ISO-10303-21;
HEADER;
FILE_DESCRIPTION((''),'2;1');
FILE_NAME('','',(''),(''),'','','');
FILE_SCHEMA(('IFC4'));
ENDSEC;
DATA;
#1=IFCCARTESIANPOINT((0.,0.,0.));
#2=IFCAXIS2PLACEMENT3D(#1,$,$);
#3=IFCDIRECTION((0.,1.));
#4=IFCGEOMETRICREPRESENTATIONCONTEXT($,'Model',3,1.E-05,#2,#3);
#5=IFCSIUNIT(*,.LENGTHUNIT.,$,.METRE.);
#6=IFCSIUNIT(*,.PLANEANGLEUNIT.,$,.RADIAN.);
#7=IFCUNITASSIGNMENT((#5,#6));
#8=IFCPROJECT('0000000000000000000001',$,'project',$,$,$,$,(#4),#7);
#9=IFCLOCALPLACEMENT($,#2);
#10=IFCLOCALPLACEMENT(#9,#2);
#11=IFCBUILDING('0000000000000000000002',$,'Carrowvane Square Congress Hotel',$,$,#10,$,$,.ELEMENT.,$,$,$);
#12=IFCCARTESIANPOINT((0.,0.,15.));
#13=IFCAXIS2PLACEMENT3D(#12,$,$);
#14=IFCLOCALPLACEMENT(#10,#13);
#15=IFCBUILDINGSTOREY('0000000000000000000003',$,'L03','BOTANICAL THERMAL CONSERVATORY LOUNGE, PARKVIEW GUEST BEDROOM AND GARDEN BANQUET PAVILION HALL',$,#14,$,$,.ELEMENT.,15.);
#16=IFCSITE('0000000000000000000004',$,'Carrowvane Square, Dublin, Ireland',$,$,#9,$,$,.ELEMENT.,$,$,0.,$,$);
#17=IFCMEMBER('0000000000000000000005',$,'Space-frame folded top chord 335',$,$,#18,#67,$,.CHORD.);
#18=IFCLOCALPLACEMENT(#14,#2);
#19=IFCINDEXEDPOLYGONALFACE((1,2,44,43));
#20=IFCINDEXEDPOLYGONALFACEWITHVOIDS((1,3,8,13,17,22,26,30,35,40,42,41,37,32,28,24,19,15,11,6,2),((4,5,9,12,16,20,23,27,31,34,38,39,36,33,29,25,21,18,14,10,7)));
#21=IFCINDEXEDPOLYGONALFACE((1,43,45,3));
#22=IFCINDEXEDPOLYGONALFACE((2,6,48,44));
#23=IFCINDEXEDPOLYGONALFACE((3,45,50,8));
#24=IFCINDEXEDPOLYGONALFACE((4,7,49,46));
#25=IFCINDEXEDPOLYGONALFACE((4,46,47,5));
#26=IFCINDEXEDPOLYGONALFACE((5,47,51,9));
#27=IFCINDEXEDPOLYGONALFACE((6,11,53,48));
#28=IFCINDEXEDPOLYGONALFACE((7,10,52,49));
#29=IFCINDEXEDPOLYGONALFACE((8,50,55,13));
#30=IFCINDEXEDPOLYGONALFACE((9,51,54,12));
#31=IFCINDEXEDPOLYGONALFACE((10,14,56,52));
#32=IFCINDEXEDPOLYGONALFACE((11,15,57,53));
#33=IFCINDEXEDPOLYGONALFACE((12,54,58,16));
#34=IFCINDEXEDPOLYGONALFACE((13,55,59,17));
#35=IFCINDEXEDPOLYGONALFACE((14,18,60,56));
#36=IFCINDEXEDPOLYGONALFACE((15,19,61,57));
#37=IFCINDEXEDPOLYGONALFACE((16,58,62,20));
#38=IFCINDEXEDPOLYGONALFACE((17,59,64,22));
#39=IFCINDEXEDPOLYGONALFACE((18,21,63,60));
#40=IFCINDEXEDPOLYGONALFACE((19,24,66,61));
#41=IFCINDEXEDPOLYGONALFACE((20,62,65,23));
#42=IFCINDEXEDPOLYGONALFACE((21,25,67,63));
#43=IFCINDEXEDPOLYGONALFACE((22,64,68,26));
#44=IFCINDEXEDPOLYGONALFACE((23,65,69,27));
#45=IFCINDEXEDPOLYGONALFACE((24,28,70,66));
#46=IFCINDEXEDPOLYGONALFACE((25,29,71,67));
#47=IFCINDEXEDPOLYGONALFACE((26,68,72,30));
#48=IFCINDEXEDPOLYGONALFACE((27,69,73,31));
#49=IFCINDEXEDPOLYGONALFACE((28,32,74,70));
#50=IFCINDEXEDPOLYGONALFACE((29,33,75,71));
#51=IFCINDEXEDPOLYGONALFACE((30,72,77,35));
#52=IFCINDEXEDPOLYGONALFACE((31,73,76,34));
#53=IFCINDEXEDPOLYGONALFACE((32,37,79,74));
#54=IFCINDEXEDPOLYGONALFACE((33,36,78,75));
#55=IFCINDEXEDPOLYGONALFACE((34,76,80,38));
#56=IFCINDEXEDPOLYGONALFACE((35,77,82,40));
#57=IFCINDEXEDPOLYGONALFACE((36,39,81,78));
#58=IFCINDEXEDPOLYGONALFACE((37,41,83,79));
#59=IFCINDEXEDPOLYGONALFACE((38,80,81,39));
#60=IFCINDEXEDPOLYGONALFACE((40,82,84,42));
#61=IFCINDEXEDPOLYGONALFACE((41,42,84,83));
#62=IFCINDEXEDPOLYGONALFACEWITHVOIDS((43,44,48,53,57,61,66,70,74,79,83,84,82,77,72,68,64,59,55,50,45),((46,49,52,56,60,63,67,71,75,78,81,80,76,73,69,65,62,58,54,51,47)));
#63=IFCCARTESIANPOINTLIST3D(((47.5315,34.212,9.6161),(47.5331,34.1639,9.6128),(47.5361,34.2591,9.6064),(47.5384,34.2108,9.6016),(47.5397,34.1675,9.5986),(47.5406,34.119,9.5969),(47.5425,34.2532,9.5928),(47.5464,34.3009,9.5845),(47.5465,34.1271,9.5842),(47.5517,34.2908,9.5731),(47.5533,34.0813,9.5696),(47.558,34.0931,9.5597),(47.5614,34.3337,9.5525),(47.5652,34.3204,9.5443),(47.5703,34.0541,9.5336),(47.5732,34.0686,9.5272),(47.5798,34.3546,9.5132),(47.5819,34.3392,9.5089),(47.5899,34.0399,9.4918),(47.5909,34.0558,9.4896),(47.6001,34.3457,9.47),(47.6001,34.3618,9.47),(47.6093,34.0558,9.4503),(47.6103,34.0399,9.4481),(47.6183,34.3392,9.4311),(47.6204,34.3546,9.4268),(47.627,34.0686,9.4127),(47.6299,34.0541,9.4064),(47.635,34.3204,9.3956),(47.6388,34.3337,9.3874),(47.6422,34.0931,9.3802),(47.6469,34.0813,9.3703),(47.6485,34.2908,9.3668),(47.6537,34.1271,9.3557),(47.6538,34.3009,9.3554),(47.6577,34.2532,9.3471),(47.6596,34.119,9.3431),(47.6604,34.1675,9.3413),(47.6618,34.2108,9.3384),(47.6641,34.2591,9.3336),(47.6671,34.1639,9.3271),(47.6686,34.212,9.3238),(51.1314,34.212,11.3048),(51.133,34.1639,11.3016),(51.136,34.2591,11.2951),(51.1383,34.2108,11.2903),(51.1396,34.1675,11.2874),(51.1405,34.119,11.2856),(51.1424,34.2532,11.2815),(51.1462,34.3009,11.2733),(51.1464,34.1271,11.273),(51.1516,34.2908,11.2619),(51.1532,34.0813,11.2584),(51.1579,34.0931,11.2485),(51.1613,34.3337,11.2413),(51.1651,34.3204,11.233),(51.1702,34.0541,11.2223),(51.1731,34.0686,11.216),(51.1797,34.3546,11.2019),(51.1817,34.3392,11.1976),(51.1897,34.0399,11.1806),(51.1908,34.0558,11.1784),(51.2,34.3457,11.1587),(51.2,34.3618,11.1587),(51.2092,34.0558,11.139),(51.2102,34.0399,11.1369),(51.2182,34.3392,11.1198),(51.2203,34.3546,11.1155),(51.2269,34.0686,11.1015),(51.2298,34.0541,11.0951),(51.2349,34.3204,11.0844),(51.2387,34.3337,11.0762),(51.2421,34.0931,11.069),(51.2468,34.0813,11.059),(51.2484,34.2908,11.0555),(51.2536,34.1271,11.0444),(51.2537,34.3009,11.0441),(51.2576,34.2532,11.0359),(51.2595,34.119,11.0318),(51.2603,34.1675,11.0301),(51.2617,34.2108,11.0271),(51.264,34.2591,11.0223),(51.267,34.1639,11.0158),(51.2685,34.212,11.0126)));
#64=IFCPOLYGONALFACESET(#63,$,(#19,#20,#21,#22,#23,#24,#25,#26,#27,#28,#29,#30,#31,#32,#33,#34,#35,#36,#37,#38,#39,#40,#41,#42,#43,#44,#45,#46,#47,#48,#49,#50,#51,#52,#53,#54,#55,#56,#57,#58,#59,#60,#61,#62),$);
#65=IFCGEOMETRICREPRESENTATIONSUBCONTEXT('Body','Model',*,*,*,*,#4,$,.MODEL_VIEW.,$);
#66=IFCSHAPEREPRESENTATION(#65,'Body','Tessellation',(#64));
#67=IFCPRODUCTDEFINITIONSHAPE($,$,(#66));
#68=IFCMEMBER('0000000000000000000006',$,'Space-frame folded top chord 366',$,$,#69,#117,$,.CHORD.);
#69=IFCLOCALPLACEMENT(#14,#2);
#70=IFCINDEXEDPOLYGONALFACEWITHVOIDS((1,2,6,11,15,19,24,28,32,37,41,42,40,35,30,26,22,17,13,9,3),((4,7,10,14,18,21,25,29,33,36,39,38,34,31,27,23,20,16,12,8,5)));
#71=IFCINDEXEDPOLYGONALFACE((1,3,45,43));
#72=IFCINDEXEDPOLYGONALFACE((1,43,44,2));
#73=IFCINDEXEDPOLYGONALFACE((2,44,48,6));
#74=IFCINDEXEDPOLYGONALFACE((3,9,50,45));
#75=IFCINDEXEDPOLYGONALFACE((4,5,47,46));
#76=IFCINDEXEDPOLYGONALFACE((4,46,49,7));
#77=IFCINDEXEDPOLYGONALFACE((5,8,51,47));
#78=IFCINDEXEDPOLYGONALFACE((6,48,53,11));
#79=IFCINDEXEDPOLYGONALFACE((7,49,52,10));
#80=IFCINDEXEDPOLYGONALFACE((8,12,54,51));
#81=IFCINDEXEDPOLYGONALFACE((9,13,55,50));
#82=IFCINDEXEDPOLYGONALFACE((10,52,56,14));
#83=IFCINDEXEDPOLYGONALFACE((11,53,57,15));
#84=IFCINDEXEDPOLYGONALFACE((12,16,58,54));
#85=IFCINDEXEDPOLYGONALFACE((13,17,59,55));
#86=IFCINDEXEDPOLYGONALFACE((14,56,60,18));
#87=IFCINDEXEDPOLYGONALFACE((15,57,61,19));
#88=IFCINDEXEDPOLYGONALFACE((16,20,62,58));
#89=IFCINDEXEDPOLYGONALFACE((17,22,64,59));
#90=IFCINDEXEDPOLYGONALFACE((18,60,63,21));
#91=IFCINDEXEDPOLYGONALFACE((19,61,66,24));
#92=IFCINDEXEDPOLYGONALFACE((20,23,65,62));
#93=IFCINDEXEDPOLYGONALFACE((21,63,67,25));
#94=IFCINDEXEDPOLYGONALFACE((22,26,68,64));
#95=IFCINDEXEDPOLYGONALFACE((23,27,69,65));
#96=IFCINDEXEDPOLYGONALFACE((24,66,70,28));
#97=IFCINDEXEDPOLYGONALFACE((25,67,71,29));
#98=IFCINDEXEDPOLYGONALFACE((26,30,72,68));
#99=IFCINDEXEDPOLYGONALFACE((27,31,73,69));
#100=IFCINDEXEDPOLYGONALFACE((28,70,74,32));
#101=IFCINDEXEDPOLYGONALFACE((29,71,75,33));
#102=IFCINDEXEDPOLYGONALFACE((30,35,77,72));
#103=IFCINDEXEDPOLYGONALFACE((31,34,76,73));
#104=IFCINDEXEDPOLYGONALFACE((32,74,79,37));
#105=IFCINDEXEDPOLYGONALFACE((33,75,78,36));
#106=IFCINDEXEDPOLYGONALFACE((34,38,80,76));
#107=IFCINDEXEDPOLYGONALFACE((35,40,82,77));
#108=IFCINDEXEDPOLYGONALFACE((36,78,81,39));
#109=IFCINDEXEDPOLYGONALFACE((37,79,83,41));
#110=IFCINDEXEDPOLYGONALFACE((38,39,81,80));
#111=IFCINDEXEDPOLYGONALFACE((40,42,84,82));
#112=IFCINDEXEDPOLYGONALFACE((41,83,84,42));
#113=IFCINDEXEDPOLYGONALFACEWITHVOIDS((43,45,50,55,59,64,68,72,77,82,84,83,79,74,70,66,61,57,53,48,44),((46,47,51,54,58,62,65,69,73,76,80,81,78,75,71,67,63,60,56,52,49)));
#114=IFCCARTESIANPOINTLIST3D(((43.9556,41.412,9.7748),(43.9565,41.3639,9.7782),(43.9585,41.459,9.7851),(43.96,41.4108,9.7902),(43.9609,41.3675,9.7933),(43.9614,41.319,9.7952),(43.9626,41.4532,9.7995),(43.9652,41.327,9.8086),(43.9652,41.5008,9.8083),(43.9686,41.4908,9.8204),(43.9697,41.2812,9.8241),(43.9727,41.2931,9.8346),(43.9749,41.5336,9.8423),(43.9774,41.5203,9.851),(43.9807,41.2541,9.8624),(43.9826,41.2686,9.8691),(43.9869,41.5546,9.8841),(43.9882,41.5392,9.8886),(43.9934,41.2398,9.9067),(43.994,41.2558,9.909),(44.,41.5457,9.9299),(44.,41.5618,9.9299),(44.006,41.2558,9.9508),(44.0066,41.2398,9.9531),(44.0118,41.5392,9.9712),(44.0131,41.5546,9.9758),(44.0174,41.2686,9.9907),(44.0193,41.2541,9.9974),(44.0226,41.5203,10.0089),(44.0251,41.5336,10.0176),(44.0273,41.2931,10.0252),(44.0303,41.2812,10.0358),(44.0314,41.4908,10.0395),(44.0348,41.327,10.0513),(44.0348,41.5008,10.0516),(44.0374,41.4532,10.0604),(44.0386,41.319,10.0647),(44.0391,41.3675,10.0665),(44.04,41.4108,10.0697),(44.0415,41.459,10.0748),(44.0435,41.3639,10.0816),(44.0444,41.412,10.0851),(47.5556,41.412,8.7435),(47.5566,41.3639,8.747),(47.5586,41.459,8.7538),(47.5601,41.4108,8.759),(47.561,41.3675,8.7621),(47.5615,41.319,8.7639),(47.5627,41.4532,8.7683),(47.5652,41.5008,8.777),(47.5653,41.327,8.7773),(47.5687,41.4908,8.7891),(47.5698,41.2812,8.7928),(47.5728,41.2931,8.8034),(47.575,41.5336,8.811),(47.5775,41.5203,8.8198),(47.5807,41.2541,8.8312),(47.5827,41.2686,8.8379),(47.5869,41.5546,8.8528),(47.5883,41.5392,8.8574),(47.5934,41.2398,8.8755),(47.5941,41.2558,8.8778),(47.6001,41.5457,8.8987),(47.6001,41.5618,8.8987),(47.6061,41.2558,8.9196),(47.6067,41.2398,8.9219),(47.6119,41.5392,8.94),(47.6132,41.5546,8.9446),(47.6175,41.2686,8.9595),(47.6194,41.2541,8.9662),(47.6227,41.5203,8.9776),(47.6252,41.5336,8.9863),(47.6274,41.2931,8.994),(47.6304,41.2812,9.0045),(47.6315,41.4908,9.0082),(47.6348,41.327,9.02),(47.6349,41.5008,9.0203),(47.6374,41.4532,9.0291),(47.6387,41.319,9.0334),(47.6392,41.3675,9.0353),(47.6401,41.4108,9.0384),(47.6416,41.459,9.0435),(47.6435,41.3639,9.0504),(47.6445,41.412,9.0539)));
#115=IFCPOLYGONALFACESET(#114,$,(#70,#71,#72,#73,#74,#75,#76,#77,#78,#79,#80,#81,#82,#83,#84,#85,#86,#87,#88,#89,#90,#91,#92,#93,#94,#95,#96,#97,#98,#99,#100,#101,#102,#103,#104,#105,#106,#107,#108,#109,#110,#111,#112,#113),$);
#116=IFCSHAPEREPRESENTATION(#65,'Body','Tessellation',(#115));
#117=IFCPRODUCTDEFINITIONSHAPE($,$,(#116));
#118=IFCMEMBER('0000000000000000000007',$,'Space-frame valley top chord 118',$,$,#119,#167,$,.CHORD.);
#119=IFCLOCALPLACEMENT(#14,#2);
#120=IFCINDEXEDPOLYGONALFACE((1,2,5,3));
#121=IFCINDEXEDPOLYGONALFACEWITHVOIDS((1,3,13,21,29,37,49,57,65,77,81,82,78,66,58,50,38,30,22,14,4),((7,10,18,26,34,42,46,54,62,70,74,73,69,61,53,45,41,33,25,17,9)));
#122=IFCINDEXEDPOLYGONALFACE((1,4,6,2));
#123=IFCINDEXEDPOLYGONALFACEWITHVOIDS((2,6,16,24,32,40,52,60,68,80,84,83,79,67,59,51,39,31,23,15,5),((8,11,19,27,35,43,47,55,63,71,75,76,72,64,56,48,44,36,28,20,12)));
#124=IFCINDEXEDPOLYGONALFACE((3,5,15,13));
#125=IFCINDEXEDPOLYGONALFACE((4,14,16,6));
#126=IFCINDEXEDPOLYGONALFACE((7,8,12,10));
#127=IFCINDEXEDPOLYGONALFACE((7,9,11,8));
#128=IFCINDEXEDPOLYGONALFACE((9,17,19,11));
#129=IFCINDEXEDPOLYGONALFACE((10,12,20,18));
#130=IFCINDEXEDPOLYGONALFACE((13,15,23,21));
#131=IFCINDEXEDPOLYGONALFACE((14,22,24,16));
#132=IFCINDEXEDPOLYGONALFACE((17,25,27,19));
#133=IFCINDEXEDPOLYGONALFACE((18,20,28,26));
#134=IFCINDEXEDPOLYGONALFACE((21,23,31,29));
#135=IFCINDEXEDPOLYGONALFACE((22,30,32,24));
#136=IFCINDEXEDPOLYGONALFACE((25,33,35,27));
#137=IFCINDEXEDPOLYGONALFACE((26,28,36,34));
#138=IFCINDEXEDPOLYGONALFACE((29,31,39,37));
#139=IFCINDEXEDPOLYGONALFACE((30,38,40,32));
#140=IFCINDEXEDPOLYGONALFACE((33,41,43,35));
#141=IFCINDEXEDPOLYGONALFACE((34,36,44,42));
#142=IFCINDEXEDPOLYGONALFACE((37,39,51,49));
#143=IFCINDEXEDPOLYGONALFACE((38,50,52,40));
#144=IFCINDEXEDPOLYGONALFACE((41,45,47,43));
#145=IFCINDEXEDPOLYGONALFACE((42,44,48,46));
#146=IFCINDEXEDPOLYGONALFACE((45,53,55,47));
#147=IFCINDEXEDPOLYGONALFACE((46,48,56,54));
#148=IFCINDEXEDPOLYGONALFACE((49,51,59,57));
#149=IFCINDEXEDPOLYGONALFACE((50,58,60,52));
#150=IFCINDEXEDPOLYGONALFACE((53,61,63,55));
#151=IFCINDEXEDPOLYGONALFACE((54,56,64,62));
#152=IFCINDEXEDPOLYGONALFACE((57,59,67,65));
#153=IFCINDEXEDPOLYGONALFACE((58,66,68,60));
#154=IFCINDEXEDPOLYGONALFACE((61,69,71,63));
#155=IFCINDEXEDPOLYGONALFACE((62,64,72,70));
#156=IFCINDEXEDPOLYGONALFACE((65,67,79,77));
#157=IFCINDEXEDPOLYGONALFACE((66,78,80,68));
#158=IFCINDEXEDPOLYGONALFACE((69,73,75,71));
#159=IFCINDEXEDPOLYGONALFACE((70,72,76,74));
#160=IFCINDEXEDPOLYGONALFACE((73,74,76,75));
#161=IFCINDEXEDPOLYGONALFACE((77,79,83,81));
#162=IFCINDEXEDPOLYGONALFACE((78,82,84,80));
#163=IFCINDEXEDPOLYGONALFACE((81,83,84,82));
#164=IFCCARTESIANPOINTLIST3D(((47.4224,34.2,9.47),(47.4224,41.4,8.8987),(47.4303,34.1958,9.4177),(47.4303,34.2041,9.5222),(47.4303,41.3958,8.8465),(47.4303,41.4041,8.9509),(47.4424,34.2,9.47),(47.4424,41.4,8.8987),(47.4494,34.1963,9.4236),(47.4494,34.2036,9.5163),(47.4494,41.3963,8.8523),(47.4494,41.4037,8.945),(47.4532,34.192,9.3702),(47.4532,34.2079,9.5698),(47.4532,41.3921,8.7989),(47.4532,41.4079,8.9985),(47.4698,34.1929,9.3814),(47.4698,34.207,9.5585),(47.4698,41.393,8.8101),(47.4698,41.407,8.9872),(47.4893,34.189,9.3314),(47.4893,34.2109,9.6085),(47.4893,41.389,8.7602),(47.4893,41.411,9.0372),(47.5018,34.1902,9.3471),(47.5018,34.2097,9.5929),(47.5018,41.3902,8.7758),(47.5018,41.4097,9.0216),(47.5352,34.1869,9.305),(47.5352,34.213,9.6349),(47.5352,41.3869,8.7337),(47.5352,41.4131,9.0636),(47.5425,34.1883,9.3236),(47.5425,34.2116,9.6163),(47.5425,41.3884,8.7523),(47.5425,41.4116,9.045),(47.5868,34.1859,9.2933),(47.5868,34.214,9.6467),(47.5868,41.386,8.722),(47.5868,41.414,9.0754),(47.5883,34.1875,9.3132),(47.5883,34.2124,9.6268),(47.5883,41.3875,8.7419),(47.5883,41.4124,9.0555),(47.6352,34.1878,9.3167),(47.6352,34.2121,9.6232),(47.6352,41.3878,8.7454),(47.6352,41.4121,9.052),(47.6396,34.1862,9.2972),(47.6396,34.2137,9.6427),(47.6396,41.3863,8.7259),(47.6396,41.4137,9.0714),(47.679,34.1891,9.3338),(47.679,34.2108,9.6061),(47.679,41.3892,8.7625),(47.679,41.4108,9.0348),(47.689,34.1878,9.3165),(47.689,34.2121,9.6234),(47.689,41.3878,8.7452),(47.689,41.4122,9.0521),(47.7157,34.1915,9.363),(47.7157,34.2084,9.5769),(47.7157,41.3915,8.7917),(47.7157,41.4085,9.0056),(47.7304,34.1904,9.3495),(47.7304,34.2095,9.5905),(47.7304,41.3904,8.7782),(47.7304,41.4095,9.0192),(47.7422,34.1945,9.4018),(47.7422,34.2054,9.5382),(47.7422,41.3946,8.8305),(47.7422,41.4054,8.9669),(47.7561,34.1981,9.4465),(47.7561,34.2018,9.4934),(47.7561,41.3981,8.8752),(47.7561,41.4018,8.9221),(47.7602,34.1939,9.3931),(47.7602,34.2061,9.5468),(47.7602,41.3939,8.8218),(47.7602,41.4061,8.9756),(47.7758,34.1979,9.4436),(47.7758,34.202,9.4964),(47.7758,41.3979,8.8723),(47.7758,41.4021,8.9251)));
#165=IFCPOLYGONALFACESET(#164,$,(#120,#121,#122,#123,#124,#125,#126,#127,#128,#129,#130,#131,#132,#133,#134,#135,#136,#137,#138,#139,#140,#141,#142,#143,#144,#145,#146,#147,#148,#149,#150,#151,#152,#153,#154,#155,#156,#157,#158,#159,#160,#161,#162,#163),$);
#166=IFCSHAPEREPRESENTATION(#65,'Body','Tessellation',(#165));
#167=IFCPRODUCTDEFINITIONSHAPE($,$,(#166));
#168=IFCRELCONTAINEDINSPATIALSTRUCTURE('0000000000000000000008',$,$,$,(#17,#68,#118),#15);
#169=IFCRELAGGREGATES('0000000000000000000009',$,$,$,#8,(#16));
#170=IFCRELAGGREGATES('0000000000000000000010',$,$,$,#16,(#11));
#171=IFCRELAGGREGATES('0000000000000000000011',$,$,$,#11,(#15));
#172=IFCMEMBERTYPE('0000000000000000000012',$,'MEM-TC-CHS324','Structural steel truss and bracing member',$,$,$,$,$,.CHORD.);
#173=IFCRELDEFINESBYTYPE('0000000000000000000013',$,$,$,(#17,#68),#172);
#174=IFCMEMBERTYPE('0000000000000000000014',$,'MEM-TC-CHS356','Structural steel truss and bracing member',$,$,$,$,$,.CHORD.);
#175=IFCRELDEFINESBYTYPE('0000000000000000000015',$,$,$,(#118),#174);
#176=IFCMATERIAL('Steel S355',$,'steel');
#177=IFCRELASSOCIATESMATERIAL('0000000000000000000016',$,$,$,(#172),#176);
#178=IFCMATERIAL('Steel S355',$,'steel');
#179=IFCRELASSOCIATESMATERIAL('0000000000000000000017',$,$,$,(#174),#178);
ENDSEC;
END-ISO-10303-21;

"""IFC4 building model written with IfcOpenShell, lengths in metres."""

from ifc_helpers import new_model, si_unit, direction, frame, origin, origin_2d, place, context, subcontext, project, spatial, hollow_circle, extrude, material, material_profile, profile_set, type_object, element, save


model = new_model("IFC4")

# Units and contexts
model_context = context("Model", 3, precision=1e-05, world=origin(), true_north=direction((0.0, 1.0)))
body_context = subcontext(model_context, "Body", "Model", "MODEL_VIEW")
ifc_project = project(units=[si_unit("LENGTHUNIT", "METRE"), si_unit("PLANEANGLEUNIT", "RADIAN")], contexts=[model_context])

# Site, building, storey
site_placement = place(None, origin())
site = spatial("IfcSite", under=ifc_project, at=site_placement, Name="Carrowvane Square, Dublin, Ireland", CompositionType="ELEMENT", RefElevation=0.0)
building_placement = place(site_placement, origin())
building = spatial("IfcBuilding", under=site, at=building_placement, Name="Carrowvane Square Congress Hotel", CompositionType="ELEMENT")
storey_placement = place(building_placement, frame((0.0, 0.0, 15.0)))
storey = spatial("IfcBuildingStorey", under=building, at=storey_placement, Name="L03", Description="BOTANICAL THERMAL CONSERVATORY LOUNGE, PARKVIEW GUEST BEDROOM AND GARDEN BANQUET PAVILION HALL", CompositionType="ELEMENT", Elevation=15.0)

# Members
ifc_material_1 = material(Name="Steel S355", Category="steel")
ifc_material_profile_1 = material_profile(ifc_material_1, hollow_circle(Radius=0.1619, WallThickness=0.0161, at=origin_2d()), Name="CHS 323.9x16")
ifc_profile_set_1 = profile_set([ifc_material_profile_1], Name="Steel S355")
member_type_1 = type_object("IfcMemberType", Name="MEM-TC-CHS324", Description="Structural steel truss and bracing member", PredefinedType="CHORD", material=ifc_profile_set_1)
member_1_placement = place(storey_placement, frame((47.6001, 34.2, 9.47), z_axis=(0.905334, 0.0, 0.4247), x_axis=(0.0, 1.0, 0.0)))
element("IfcMember", 1, at=member_1_placement, inside=storey, type_object=member_type_1, Name="Space-frame folded top chord 335", PredefinedType="CHORD", context=body_context, shape_type="SweptSolid", body=[
    extrude(hollow_circle(Radius=0.1619, WallThickness=0.0161, at=origin_2d()), origin(), (0.0, 0.0, 1.0), 3.9763),
])
member_2_placement = place(storey_placement, frame((44.0, 41.3999, 9.9299), z_axis=(0.961337, 0.0, -0.275375), x_axis=(0.0, 1.0, 0.0)))
element("IfcMember", 2, at=member_2_placement, inside=storey, type_object=member_type_1, Name="Space-frame folded top chord 366", PredefinedType="CHORD", context=body_context, shape_type="SweptSolid", body=[
    extrude(hollow_circle(Radius=0.1619, WallThickness=0.0161, at=origin_2d()), origin(), (0.0, 0.0, 1.0), 3.7449),
])
ifc_material_2 = material(Name="Steel S355", Category="steel")
ifc_material_profile_2 = material_profile(ifc_material_2, hollow_circle(Radius=0.1777, WallThickness=0.02, at=origin_2d()), Name="CHS 355.6x20")
ifc_profile_set_2 = profile_set([ifc_material_profile_2], Name="Steel S355")
member_type_2 = type_object("IfcMemberType", Name="MEM-TC-CHS356", Description="Structural steel truss and bracing member", PredefinedType="CHORD", material=ifc_profile_set_2)
member_3_placement = place(storey_placement, frame((47.6001, 34.2, 9.47), z_axis=(0.0, 0.996867, -0.079098), x_axis=(-1.0, 0.0, 0.0)))
element("IfcMember", 3, at=member_3_placement, inside=storey, type_object=member_type_2, Name="Space-frame valley top chord 118", PredefinedType="CHORD", context=body_context, shape_type="SweptSolid", body=[
    extrude(hollow_circle(Radius=0.1777, WallThickness=0.02, at=origin_2d()), origin(), (0.0, 0.0, 1.0), 7.2227),
])

save(model, "model.ifc")
